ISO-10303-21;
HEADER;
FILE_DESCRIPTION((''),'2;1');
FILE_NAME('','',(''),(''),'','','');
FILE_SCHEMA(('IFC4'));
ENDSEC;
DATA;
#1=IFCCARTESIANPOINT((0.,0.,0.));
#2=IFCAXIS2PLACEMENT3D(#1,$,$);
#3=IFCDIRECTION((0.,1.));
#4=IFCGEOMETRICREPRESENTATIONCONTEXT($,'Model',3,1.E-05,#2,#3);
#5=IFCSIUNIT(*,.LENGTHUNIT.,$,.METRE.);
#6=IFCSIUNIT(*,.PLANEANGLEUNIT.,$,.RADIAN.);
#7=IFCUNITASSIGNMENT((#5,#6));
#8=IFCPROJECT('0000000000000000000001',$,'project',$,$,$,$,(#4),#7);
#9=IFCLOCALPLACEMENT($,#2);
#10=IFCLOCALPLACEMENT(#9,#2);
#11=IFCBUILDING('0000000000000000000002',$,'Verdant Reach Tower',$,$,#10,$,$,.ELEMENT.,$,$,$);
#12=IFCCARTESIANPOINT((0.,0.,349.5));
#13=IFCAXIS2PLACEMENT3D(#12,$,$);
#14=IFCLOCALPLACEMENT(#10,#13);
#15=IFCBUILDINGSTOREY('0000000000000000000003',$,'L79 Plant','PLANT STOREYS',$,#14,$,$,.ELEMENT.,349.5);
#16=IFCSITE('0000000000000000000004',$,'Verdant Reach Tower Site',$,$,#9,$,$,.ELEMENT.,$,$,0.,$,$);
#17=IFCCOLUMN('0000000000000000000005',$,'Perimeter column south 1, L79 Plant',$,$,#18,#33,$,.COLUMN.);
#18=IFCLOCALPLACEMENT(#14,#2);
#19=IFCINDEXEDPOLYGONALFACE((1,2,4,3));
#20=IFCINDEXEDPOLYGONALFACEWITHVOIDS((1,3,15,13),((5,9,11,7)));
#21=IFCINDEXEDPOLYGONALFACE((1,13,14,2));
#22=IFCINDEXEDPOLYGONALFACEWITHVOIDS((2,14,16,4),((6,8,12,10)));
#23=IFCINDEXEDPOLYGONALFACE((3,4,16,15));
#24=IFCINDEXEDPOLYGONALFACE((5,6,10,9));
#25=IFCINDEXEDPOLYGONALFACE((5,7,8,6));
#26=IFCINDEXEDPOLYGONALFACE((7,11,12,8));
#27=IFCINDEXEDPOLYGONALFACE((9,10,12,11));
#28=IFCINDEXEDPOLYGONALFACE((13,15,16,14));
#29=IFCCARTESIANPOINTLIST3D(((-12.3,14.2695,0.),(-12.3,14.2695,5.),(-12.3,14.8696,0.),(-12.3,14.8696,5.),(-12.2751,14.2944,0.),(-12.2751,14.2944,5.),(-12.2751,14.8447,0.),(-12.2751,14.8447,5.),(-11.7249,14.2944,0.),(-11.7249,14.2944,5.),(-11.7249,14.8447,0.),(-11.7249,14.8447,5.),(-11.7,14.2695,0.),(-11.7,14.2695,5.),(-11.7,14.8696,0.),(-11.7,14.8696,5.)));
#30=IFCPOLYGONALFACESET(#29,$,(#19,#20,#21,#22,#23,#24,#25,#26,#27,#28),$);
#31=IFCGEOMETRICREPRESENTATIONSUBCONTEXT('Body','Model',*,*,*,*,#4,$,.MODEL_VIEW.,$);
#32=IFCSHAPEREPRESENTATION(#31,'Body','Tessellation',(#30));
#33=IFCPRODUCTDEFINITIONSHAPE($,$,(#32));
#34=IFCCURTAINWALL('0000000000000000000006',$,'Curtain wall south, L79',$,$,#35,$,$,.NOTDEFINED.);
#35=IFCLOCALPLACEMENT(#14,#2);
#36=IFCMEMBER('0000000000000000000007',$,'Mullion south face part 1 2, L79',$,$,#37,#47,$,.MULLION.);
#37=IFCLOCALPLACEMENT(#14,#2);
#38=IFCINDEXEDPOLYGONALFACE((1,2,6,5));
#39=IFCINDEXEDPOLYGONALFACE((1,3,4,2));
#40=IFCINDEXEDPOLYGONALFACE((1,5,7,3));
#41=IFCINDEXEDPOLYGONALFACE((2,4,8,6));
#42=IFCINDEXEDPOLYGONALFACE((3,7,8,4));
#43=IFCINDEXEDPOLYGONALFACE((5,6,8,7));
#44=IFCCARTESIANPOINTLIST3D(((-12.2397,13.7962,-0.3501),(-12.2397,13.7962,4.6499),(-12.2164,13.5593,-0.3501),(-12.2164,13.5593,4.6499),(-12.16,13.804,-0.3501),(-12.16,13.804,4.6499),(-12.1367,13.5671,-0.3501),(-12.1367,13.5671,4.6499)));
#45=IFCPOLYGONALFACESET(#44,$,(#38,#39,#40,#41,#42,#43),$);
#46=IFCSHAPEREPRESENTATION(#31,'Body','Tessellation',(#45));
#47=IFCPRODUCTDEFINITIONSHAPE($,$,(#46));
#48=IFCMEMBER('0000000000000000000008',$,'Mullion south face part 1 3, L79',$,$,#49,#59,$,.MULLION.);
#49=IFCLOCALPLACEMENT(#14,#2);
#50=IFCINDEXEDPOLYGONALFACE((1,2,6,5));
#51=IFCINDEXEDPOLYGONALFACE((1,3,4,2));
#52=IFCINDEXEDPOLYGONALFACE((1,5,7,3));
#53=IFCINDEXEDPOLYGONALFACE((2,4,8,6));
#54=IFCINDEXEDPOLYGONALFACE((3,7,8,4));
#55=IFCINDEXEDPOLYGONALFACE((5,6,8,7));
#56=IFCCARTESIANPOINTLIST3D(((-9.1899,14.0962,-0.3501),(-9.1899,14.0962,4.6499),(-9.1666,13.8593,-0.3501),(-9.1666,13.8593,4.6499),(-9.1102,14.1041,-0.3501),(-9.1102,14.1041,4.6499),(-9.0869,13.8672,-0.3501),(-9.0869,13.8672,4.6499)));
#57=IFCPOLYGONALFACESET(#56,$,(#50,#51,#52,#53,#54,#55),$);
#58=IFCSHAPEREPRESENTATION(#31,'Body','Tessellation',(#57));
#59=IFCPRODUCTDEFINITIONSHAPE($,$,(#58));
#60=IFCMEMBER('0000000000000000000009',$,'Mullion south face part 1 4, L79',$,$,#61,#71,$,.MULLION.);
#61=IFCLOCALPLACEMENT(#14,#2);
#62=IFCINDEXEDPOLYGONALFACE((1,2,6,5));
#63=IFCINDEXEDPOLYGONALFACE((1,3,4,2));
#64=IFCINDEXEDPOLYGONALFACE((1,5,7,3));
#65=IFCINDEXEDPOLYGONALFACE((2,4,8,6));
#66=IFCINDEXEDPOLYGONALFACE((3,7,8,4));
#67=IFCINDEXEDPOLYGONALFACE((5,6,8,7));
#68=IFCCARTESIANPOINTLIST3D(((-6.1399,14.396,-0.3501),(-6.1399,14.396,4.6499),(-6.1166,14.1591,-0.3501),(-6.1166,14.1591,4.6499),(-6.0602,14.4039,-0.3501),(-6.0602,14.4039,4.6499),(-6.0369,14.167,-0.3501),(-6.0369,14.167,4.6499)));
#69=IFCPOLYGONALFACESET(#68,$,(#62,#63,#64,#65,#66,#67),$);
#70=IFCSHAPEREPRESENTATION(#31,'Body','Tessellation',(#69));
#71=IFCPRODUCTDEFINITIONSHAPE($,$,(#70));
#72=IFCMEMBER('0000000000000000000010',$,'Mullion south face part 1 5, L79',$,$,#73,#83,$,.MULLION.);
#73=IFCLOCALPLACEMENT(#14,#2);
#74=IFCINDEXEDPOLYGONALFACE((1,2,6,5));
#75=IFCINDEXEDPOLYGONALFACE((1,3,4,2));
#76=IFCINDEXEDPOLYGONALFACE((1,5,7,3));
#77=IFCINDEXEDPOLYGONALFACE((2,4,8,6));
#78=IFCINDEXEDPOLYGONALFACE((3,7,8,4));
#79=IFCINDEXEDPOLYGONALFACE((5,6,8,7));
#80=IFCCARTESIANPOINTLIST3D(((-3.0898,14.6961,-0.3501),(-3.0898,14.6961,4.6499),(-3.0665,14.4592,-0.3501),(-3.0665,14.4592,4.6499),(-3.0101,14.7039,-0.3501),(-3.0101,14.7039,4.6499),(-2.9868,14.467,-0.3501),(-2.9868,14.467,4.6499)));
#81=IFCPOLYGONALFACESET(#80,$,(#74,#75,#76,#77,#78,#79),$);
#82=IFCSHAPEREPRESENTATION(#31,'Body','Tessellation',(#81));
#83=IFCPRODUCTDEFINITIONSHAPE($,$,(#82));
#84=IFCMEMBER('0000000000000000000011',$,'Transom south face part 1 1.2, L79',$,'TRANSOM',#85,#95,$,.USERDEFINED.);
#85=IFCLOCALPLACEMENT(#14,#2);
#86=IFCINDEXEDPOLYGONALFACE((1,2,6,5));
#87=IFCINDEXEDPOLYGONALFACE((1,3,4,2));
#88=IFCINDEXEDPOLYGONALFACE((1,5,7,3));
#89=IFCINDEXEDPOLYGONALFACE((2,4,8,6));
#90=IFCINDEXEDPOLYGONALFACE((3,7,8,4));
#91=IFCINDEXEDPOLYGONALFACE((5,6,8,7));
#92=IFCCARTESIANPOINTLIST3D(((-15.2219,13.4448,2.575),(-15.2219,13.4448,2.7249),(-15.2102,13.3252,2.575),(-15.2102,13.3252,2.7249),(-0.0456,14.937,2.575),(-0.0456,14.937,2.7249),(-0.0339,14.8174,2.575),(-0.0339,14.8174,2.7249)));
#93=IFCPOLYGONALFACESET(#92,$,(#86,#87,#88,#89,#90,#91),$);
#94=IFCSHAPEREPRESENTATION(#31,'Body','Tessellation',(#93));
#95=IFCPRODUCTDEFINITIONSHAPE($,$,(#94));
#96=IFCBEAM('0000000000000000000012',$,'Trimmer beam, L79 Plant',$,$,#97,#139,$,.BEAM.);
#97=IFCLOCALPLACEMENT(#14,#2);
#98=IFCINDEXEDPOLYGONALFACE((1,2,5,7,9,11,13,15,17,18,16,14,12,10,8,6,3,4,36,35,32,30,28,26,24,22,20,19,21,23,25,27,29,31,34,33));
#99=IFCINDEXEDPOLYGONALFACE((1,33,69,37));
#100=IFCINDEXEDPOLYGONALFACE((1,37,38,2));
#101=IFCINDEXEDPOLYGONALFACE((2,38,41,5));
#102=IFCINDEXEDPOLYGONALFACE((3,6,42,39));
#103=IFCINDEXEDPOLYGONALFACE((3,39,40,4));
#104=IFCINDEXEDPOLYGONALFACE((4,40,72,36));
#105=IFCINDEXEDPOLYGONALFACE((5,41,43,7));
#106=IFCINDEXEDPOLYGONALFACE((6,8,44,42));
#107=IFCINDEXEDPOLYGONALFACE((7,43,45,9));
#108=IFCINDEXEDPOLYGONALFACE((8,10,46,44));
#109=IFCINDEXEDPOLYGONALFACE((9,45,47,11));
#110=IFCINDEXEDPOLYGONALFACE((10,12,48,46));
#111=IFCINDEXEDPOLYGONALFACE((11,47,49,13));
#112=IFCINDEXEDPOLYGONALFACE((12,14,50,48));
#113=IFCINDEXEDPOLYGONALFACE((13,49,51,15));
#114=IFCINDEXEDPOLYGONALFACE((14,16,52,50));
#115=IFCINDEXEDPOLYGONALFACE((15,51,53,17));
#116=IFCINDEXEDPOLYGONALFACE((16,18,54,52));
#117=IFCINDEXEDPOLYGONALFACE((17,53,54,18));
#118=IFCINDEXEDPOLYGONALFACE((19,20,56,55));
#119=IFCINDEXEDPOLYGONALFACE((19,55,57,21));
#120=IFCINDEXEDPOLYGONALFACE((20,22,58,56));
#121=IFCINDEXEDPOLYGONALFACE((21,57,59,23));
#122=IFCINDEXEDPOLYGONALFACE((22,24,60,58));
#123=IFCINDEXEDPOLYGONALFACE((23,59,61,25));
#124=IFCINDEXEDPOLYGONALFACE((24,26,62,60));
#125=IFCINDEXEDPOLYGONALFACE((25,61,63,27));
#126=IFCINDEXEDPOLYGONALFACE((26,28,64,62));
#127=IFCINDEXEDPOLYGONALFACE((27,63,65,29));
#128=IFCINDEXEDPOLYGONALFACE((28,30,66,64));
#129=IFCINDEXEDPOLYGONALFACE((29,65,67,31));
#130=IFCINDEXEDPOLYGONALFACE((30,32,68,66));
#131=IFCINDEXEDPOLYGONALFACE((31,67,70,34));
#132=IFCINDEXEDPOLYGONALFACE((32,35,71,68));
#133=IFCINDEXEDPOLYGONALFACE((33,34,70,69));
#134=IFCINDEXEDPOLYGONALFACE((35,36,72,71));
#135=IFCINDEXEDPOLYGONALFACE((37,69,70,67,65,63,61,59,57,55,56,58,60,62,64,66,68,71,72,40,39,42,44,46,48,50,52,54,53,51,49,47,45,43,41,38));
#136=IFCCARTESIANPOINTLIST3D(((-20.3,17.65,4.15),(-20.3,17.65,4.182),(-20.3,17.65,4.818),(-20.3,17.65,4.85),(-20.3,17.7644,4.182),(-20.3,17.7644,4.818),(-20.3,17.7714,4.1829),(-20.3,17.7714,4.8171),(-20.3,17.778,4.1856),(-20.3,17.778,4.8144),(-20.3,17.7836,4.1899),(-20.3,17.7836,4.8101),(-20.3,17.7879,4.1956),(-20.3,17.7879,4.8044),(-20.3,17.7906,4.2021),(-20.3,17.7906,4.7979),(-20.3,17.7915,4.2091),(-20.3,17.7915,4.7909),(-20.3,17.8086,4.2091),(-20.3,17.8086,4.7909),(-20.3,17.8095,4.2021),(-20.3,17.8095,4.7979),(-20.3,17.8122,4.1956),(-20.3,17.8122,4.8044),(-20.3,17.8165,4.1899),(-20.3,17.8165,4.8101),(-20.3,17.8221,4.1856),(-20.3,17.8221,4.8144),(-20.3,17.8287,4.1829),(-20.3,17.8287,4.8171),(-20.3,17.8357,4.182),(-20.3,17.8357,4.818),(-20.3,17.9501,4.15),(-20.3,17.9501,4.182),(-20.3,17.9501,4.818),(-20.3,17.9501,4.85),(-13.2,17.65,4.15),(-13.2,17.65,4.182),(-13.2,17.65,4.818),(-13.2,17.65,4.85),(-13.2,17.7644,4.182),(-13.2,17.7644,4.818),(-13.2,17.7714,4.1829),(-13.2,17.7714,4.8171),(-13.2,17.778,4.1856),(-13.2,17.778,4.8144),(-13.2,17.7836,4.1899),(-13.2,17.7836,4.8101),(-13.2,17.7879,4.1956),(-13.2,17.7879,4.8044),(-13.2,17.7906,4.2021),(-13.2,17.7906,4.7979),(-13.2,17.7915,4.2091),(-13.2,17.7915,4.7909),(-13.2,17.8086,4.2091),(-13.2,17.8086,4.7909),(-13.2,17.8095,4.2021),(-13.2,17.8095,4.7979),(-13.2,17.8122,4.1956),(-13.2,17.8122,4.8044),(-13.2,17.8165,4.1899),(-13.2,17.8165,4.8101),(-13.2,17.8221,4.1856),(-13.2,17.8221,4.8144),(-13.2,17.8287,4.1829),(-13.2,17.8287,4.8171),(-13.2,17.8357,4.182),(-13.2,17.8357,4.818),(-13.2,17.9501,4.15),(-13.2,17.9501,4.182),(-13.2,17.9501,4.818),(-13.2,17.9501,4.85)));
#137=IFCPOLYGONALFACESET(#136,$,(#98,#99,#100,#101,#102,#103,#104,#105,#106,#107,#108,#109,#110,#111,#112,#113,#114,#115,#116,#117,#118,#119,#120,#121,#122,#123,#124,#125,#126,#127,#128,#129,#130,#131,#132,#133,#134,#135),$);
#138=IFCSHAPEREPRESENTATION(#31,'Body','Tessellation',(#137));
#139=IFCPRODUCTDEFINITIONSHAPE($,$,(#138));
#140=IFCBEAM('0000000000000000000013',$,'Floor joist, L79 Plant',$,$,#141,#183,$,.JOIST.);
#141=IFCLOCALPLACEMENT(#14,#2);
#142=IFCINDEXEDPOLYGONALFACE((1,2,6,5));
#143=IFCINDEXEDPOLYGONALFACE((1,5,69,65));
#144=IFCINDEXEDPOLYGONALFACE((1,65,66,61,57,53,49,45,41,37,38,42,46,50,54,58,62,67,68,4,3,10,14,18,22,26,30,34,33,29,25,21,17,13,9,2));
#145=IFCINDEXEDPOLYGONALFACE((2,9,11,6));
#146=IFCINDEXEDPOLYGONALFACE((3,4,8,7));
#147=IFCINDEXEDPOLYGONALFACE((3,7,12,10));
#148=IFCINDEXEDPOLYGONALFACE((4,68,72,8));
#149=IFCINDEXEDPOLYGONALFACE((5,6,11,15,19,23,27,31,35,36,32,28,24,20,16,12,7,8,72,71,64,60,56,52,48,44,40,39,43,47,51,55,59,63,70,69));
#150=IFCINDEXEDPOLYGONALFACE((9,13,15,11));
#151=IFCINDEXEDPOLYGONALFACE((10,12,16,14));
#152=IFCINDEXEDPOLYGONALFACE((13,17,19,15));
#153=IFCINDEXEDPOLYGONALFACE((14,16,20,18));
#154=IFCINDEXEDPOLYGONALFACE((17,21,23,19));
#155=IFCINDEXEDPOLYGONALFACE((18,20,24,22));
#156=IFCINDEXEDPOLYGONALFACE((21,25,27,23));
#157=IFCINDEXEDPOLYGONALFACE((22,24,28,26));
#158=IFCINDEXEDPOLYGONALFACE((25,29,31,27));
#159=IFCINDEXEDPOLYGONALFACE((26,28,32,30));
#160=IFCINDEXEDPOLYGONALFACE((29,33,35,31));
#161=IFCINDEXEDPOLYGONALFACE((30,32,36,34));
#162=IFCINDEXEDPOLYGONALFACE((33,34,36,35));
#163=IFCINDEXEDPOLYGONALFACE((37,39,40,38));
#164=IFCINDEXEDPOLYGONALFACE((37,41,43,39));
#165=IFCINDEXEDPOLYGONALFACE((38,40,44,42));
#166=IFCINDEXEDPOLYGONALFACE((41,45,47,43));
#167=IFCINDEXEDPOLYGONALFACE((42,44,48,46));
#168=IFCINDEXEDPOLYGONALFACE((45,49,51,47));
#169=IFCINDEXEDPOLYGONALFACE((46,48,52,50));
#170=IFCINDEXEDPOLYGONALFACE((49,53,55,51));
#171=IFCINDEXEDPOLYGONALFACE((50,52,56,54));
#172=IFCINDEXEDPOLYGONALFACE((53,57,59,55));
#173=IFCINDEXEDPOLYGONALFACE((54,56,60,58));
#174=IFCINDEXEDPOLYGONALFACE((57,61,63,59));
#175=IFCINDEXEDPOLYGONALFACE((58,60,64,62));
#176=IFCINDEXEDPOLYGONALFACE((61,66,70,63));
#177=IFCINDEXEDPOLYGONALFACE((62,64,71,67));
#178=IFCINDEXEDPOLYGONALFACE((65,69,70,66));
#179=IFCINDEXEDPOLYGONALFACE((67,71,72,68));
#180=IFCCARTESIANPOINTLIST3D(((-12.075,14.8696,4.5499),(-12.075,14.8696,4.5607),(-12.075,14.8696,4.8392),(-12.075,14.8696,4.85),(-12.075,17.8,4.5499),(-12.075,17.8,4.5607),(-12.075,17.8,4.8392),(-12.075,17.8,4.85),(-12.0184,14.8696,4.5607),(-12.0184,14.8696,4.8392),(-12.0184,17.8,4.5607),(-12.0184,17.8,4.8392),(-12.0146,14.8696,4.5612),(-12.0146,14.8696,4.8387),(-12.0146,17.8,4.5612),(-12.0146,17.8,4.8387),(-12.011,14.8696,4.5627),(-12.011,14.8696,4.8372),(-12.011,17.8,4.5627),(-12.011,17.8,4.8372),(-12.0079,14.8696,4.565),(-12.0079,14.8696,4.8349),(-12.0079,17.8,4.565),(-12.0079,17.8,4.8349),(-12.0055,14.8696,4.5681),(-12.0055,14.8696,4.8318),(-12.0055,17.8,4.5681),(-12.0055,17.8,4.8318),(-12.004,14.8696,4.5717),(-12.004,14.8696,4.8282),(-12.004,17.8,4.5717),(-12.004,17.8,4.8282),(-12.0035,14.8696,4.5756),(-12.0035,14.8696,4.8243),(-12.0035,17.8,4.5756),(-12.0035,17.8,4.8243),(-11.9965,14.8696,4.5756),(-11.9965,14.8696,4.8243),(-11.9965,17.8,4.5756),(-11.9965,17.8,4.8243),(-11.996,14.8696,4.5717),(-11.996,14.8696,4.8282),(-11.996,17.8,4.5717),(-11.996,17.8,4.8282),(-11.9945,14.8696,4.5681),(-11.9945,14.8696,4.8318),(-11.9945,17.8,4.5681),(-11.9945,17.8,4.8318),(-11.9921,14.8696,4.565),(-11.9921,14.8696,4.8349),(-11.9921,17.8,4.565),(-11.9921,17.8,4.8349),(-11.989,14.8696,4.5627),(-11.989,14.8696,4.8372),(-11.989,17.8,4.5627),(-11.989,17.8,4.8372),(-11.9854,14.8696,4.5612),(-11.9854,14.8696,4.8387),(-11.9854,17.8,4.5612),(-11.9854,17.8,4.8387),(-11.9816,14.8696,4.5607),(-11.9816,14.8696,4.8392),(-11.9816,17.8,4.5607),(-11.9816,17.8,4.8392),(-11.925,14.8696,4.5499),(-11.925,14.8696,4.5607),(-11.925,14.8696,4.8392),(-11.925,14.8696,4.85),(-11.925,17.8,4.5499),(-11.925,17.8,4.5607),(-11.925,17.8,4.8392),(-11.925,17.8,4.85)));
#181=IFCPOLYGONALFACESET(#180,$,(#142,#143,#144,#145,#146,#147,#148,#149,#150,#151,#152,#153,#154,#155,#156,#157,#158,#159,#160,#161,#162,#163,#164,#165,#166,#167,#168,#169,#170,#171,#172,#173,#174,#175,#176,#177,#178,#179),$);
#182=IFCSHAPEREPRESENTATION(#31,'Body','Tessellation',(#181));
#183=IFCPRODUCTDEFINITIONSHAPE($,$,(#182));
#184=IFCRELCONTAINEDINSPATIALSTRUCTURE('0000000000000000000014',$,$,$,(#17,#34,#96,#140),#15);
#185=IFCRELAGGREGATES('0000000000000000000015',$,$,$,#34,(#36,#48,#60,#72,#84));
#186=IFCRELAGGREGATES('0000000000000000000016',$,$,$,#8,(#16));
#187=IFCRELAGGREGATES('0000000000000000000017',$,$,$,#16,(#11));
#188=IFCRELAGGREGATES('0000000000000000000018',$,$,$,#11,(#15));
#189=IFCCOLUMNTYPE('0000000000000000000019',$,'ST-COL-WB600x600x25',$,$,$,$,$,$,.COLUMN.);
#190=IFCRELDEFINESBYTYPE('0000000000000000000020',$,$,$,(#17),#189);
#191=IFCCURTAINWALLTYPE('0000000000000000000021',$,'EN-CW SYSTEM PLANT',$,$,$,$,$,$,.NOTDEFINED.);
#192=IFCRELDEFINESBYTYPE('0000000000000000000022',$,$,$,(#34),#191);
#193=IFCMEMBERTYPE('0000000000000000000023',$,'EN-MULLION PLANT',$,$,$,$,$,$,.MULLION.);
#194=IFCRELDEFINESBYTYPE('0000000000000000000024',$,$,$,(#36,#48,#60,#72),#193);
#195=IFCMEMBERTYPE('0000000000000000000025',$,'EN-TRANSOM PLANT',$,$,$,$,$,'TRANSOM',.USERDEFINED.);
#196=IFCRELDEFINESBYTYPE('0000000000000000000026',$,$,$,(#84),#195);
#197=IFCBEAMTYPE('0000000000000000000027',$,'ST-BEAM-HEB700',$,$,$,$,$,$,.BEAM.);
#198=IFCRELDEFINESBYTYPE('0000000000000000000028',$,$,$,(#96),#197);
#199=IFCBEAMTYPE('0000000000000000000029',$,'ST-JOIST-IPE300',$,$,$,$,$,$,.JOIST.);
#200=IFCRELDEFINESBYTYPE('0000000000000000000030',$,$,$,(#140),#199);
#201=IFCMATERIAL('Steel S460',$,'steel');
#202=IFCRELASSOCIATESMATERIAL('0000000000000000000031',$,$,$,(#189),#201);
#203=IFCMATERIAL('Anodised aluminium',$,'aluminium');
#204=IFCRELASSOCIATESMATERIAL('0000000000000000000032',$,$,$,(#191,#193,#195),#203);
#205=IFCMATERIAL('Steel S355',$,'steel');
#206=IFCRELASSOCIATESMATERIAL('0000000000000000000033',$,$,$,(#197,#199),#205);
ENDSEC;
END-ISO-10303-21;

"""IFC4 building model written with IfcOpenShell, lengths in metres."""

from ifc_helpers import new_model, si_unit, direction, frame, origin, origin_2d, place, context, subcontext, project, spatial, rectangle, hollow_rectangle, i_section, extrude, material, material_profile, profile_set, type_object, element, aggregate, save


model = new_model("IFC4")

# Units and contexts
model_context = context("Model", 3, precision=1e-05, world=origin(), true_north=direction((0.0, 1.0)))
body_context = subcontext(model_context, "Body", "Model", "MODEL_VIEW")
ifc_project = project(units=[si_unit("LENGTHUNIT", "METRE"), si_unit("PLANEANGLEUNIT", "RADIAN")], contexts=[model_context])

# Site, building, storey
site_placement = place(None, origin())
site = spatial("IfcSite", under=ifc_project, at=site_placement, Name="Verdant Reach Tower Site", CompositionType="ELEMENT", RefElevation=0.0)
building_placement = place(site_placement, origin())
building = spatial("IfcBuilding", under=site, at=building_placement, Name="Verdant Reach Tower", CompositionType="ELEMENT")
storey_placement = place(building_placement, frame((0.0, 0.0, 349.5)))
storey = spatial("IfcBuildingStorey", under=building, at=storey_placement, Name="L79 Plant", Description="PLANT STOREYS", CompositionType="ELEMENT", Elevation=349.5)

# Column
ifc_material_1 = material(Name="Steel S460", Category="steel")
ifc_material_profile_1 = material_profile(ifc_material_1, hollow_rectangle(XDim=0.6001, YDim=0.6001, WallThickness=0.0249, at=origin_2d()), Name="WB 600x600x25")
ifc_profile_set_1 = profile_set([ifc_material_profile_1], Name="Steel S460")
column_type = type_object("IfcColumnType", Name="ST-COL-WB600x600x25", PredefinedType="COLUMN", material=ifc_profile_set_1)
column_placement = place(storey_placement, frame((-12.0, 14.5696, 0.0), z_axis=(0.0, 0.0, 1.0), x_axis=(1.0, 0.0, 0.0)))
element("IfcColumn", 1, at=column_placement, inside=storey, type_object=column_type, Name="Perimeter column south 1, L79 Plant", PredefinedType="COLUMN", context=body_context, shape_type="SweptSolid", body=[
    extrude(hollow_rectangle(XDim=0.6001, YDim=0.6001, WallThickness=0.0249, at=origin_2d()), origin(), (0.0, 0.0, 1.0), 5.0),
])

# Curtain wall, members
ifc_material_2 = material(Name="Anodised aluminium", Category="aluminium")
curtain_wall_type = type_object("IfcCurtainWallType", Name="EN-CW SYSTEM PLANT", PredefinedType="NOTDEFINED", material=ifc_material_2)
curtain_wall_placement = place(storey_placement, origin())
curtain_wall = element("IfcCurtainWall", 2, at=curtain_wall_placement, inside=storey, type_object=curtain_wall_type, Name="Curtain wall south, L79", PredefinedType="NOTDEFINED")
ifc_material_profile_2 = material_profile(ifc_material_2, rectangle(XDim=0.238, YDim=0.0801, at=origin_2d()), Name="Mullion 80x240")
ifc_profile_set_2 = profile_set([ifc_material_profile_2], Name="Anodised aluminium")
member_type_1 = type_object("IfcMemberType", Name="EN-MULLION PLANT", PredefinedType="MULLION", material=ifc_profile_set_2)
member_1_placement = place(storey_placement, frame((-12.1882, 13.6816, -0.3501), z_axis=(0.0, 0.0, 1.0), x_axis=(0.097888, -0.995197, 0.0)))
member_1 = element("IfcMember", 3, at=member_1_placement, type_object=member_type_1, Name="Mullion south face part 1 2, L79", PredefinedType="MULLION", context=body_context, shape_type="SweptSolid", body=[
    extrude(rectangle(XDim=0.238, YDim=0.0801, at=origin_2d()), origin(), (0.0, 0.0, 1.0), 5.0),
])
member_2_placement = place(storey_placement, frame((-9.1384, 13.9817, -0.3501), z_axis=(0.0, 0.0, 1.0), x_axis=(0.097888, -0.995197, 0.0)))
member_2 = element("IfcMember", 4, at=member_2_placement, type_object=member_type_1, Name="Mullion south face part 1 3, L79", PredefinedType="MULLION", context=body_context, shape_type="SweptSolid", body=[
    extrude(rectangle(XDim=0.238, YDim=0.0801, at=origin_2d()), origin(), (0.0, 0.0, 1.0), 5.0),
])
member_3_placement = place(storey_placement, frame((-6.0884, 14.2815, -0.3501), z_axis=(0.0, 0.0, 1.0), x_axis=(0.097888, -0.995197, 0.0)))
member_3 = element("IfcMember", 5, at=member_3_placement, type_object=member_type_1, Name="Mullion south face part 1 4, L79", PredefinedType="MULLION", context=body_context, shape_type="SweptSolid", body=[
    extrude(rectangle(XDim=0.238, YDim=0.0801, at=origin_2d()), origin(), (0.0, 0.0, 1.0), 5.0),
])
member_4_placement = place(storey_placement, frame((-3.0383, 14.5815, -0.3501), z_axis=(0.0, 0.0, 1.0), x_axis=(0.097888, -0.995197, 0.0)))
member_4 = element("IfcMember", 6, at=member_4_placement, type_object=member_type_1, Name="Mullion south face part 1 5, L79", PredefinedType="MULLION", context=body_context, shape_type="SweptSolid", body=[
    extrude(rectangle(XDim=0.238, YDim=0.0801, at=origin_2d()), origin(), (0.0, 0.0, 1.0), 5.0),
])
ifc_material_profile_3 = material_profile(ifc_material_2, rectangle(XDim=0.1201, YDim=0.1499, at=origin_2d()), Name="Transom 150x120")
ifc_profile_set_3 = profile_set([ifc_material_profile_3], Name="Anodised aluminium")
member_type_2 = type_object("IfcMemberType", Name="EN-TRANSOM PLANT", ElementType="TRANSOM", PredefinedType="USERDEFINED", material=ifc_profile_set_3)
member_5_placement = place(storey_placement, frame((-15.2161, 13.385, 2.6499), z_axis=(0.995201, 0.097852, 0.0), x_axis=(-0.097852, 0.995201, 0.0)))
member_5 = element("IfcMember", 7, at=member_5_placement, type_object=member_type_2, Name="Transom south face part 1 1.2, L79", ObjectType="TRANSOM", PredefinedType="USERDEFINED", context=body_context, shape_type="SweptSolid", body=[
    extrude(rectangle(XDim=0.1201, YDim=0.1499, at=origin_2d()), origin(), (0.0, 0.0, 1.0), 15.2495),
])

# Beams
ifc_material_3 = material(Name="Steel S355", Category="steel")
ifc_material_profile_4 = material_profile(ifc_material_3, i_section(OverallWidth=0.3, OverallDepth=0.7, WebThickness=0.0171, FlangeThickness=0.032, FilletRadius=0.0271, at=origin_2d()), Name="HEB 700")
ifc_profile_set_4 = profile_set([ifc_material_profile_4], Name="Steel S355")
beam_type_1 = type_object("IfcBeamType", Name="ST-BEAM-HEB700", PredefinedType="BEAM", material=ifc_profile_set_4)
beam_1_placement = place(storey_placement, frame((-13.2, 17.8, 4.5), z_axis=(-1.0, 0.0, 0.0), x_axis=(0.0, -1.0, 0.0)))
element("IfcBeam", 8, at=beam_1_placement, inside=storey, type_object=beam_type_1, Name="Trimmer beam, L79 Plant", PredefinedType="BEAM", context=body_context, shape_type="SweptSolid", body=[
    extrude(i_section(OverallWidth=0.3, OverallDepth=0.7, WebThickness=0.0171, FlangeThickness=0.032, FilletRadius=0.0271, at=origin_2d()), origin(), (0.0, 0.0, 1.0), 7.1001),
])
ifc_material_profile_5 = material_profile(ifc_material_3, i_section(OverallWidth=0.1499, OverallDepth=0.3, WebThickness=0.0071, FlangeThickness=0.0107, FilletRadius=0.0149, at=origin_2d()), Name="IPE 300")
ifc_profile_set_5 = profile_set([ifc_material_profile_5], Name="Steel S355")
beam_type_2 = type_object("IfcBeamType", Name="ST-JOIST-IPE300", PredefinedType="JOIST", material=ifc_profile_set_5)
beam_2_placement = place(storey_placement, frame((-12.0, 17.8, 4.7), z_axis=(0.0, -1.0, 0.0), x_axis=(1.0, 0.0, 0.0)))
element("IfcBeam", 9, at=beam_2_placement, inside=storey, type_object=beam_type_2, Name="Floor joist, L79 Plant", PredefinedType="JOIST", context=body_context, shape_type="SweptSolid", body=[
    extrude(i_section(OverallWidth=0.1499, OverallDepth=0.3, WebThickness=0.0071, FlangeThickness=0.0107, FilletRadius=0.0149, at=origin_2d()), origin(), (0.0, 0.0, 1.0), 2.9304),
])

aggregate(curtain_wall, [member_1, member_2, member_3, member_4, member_5])

save(model, "model.ifc")
